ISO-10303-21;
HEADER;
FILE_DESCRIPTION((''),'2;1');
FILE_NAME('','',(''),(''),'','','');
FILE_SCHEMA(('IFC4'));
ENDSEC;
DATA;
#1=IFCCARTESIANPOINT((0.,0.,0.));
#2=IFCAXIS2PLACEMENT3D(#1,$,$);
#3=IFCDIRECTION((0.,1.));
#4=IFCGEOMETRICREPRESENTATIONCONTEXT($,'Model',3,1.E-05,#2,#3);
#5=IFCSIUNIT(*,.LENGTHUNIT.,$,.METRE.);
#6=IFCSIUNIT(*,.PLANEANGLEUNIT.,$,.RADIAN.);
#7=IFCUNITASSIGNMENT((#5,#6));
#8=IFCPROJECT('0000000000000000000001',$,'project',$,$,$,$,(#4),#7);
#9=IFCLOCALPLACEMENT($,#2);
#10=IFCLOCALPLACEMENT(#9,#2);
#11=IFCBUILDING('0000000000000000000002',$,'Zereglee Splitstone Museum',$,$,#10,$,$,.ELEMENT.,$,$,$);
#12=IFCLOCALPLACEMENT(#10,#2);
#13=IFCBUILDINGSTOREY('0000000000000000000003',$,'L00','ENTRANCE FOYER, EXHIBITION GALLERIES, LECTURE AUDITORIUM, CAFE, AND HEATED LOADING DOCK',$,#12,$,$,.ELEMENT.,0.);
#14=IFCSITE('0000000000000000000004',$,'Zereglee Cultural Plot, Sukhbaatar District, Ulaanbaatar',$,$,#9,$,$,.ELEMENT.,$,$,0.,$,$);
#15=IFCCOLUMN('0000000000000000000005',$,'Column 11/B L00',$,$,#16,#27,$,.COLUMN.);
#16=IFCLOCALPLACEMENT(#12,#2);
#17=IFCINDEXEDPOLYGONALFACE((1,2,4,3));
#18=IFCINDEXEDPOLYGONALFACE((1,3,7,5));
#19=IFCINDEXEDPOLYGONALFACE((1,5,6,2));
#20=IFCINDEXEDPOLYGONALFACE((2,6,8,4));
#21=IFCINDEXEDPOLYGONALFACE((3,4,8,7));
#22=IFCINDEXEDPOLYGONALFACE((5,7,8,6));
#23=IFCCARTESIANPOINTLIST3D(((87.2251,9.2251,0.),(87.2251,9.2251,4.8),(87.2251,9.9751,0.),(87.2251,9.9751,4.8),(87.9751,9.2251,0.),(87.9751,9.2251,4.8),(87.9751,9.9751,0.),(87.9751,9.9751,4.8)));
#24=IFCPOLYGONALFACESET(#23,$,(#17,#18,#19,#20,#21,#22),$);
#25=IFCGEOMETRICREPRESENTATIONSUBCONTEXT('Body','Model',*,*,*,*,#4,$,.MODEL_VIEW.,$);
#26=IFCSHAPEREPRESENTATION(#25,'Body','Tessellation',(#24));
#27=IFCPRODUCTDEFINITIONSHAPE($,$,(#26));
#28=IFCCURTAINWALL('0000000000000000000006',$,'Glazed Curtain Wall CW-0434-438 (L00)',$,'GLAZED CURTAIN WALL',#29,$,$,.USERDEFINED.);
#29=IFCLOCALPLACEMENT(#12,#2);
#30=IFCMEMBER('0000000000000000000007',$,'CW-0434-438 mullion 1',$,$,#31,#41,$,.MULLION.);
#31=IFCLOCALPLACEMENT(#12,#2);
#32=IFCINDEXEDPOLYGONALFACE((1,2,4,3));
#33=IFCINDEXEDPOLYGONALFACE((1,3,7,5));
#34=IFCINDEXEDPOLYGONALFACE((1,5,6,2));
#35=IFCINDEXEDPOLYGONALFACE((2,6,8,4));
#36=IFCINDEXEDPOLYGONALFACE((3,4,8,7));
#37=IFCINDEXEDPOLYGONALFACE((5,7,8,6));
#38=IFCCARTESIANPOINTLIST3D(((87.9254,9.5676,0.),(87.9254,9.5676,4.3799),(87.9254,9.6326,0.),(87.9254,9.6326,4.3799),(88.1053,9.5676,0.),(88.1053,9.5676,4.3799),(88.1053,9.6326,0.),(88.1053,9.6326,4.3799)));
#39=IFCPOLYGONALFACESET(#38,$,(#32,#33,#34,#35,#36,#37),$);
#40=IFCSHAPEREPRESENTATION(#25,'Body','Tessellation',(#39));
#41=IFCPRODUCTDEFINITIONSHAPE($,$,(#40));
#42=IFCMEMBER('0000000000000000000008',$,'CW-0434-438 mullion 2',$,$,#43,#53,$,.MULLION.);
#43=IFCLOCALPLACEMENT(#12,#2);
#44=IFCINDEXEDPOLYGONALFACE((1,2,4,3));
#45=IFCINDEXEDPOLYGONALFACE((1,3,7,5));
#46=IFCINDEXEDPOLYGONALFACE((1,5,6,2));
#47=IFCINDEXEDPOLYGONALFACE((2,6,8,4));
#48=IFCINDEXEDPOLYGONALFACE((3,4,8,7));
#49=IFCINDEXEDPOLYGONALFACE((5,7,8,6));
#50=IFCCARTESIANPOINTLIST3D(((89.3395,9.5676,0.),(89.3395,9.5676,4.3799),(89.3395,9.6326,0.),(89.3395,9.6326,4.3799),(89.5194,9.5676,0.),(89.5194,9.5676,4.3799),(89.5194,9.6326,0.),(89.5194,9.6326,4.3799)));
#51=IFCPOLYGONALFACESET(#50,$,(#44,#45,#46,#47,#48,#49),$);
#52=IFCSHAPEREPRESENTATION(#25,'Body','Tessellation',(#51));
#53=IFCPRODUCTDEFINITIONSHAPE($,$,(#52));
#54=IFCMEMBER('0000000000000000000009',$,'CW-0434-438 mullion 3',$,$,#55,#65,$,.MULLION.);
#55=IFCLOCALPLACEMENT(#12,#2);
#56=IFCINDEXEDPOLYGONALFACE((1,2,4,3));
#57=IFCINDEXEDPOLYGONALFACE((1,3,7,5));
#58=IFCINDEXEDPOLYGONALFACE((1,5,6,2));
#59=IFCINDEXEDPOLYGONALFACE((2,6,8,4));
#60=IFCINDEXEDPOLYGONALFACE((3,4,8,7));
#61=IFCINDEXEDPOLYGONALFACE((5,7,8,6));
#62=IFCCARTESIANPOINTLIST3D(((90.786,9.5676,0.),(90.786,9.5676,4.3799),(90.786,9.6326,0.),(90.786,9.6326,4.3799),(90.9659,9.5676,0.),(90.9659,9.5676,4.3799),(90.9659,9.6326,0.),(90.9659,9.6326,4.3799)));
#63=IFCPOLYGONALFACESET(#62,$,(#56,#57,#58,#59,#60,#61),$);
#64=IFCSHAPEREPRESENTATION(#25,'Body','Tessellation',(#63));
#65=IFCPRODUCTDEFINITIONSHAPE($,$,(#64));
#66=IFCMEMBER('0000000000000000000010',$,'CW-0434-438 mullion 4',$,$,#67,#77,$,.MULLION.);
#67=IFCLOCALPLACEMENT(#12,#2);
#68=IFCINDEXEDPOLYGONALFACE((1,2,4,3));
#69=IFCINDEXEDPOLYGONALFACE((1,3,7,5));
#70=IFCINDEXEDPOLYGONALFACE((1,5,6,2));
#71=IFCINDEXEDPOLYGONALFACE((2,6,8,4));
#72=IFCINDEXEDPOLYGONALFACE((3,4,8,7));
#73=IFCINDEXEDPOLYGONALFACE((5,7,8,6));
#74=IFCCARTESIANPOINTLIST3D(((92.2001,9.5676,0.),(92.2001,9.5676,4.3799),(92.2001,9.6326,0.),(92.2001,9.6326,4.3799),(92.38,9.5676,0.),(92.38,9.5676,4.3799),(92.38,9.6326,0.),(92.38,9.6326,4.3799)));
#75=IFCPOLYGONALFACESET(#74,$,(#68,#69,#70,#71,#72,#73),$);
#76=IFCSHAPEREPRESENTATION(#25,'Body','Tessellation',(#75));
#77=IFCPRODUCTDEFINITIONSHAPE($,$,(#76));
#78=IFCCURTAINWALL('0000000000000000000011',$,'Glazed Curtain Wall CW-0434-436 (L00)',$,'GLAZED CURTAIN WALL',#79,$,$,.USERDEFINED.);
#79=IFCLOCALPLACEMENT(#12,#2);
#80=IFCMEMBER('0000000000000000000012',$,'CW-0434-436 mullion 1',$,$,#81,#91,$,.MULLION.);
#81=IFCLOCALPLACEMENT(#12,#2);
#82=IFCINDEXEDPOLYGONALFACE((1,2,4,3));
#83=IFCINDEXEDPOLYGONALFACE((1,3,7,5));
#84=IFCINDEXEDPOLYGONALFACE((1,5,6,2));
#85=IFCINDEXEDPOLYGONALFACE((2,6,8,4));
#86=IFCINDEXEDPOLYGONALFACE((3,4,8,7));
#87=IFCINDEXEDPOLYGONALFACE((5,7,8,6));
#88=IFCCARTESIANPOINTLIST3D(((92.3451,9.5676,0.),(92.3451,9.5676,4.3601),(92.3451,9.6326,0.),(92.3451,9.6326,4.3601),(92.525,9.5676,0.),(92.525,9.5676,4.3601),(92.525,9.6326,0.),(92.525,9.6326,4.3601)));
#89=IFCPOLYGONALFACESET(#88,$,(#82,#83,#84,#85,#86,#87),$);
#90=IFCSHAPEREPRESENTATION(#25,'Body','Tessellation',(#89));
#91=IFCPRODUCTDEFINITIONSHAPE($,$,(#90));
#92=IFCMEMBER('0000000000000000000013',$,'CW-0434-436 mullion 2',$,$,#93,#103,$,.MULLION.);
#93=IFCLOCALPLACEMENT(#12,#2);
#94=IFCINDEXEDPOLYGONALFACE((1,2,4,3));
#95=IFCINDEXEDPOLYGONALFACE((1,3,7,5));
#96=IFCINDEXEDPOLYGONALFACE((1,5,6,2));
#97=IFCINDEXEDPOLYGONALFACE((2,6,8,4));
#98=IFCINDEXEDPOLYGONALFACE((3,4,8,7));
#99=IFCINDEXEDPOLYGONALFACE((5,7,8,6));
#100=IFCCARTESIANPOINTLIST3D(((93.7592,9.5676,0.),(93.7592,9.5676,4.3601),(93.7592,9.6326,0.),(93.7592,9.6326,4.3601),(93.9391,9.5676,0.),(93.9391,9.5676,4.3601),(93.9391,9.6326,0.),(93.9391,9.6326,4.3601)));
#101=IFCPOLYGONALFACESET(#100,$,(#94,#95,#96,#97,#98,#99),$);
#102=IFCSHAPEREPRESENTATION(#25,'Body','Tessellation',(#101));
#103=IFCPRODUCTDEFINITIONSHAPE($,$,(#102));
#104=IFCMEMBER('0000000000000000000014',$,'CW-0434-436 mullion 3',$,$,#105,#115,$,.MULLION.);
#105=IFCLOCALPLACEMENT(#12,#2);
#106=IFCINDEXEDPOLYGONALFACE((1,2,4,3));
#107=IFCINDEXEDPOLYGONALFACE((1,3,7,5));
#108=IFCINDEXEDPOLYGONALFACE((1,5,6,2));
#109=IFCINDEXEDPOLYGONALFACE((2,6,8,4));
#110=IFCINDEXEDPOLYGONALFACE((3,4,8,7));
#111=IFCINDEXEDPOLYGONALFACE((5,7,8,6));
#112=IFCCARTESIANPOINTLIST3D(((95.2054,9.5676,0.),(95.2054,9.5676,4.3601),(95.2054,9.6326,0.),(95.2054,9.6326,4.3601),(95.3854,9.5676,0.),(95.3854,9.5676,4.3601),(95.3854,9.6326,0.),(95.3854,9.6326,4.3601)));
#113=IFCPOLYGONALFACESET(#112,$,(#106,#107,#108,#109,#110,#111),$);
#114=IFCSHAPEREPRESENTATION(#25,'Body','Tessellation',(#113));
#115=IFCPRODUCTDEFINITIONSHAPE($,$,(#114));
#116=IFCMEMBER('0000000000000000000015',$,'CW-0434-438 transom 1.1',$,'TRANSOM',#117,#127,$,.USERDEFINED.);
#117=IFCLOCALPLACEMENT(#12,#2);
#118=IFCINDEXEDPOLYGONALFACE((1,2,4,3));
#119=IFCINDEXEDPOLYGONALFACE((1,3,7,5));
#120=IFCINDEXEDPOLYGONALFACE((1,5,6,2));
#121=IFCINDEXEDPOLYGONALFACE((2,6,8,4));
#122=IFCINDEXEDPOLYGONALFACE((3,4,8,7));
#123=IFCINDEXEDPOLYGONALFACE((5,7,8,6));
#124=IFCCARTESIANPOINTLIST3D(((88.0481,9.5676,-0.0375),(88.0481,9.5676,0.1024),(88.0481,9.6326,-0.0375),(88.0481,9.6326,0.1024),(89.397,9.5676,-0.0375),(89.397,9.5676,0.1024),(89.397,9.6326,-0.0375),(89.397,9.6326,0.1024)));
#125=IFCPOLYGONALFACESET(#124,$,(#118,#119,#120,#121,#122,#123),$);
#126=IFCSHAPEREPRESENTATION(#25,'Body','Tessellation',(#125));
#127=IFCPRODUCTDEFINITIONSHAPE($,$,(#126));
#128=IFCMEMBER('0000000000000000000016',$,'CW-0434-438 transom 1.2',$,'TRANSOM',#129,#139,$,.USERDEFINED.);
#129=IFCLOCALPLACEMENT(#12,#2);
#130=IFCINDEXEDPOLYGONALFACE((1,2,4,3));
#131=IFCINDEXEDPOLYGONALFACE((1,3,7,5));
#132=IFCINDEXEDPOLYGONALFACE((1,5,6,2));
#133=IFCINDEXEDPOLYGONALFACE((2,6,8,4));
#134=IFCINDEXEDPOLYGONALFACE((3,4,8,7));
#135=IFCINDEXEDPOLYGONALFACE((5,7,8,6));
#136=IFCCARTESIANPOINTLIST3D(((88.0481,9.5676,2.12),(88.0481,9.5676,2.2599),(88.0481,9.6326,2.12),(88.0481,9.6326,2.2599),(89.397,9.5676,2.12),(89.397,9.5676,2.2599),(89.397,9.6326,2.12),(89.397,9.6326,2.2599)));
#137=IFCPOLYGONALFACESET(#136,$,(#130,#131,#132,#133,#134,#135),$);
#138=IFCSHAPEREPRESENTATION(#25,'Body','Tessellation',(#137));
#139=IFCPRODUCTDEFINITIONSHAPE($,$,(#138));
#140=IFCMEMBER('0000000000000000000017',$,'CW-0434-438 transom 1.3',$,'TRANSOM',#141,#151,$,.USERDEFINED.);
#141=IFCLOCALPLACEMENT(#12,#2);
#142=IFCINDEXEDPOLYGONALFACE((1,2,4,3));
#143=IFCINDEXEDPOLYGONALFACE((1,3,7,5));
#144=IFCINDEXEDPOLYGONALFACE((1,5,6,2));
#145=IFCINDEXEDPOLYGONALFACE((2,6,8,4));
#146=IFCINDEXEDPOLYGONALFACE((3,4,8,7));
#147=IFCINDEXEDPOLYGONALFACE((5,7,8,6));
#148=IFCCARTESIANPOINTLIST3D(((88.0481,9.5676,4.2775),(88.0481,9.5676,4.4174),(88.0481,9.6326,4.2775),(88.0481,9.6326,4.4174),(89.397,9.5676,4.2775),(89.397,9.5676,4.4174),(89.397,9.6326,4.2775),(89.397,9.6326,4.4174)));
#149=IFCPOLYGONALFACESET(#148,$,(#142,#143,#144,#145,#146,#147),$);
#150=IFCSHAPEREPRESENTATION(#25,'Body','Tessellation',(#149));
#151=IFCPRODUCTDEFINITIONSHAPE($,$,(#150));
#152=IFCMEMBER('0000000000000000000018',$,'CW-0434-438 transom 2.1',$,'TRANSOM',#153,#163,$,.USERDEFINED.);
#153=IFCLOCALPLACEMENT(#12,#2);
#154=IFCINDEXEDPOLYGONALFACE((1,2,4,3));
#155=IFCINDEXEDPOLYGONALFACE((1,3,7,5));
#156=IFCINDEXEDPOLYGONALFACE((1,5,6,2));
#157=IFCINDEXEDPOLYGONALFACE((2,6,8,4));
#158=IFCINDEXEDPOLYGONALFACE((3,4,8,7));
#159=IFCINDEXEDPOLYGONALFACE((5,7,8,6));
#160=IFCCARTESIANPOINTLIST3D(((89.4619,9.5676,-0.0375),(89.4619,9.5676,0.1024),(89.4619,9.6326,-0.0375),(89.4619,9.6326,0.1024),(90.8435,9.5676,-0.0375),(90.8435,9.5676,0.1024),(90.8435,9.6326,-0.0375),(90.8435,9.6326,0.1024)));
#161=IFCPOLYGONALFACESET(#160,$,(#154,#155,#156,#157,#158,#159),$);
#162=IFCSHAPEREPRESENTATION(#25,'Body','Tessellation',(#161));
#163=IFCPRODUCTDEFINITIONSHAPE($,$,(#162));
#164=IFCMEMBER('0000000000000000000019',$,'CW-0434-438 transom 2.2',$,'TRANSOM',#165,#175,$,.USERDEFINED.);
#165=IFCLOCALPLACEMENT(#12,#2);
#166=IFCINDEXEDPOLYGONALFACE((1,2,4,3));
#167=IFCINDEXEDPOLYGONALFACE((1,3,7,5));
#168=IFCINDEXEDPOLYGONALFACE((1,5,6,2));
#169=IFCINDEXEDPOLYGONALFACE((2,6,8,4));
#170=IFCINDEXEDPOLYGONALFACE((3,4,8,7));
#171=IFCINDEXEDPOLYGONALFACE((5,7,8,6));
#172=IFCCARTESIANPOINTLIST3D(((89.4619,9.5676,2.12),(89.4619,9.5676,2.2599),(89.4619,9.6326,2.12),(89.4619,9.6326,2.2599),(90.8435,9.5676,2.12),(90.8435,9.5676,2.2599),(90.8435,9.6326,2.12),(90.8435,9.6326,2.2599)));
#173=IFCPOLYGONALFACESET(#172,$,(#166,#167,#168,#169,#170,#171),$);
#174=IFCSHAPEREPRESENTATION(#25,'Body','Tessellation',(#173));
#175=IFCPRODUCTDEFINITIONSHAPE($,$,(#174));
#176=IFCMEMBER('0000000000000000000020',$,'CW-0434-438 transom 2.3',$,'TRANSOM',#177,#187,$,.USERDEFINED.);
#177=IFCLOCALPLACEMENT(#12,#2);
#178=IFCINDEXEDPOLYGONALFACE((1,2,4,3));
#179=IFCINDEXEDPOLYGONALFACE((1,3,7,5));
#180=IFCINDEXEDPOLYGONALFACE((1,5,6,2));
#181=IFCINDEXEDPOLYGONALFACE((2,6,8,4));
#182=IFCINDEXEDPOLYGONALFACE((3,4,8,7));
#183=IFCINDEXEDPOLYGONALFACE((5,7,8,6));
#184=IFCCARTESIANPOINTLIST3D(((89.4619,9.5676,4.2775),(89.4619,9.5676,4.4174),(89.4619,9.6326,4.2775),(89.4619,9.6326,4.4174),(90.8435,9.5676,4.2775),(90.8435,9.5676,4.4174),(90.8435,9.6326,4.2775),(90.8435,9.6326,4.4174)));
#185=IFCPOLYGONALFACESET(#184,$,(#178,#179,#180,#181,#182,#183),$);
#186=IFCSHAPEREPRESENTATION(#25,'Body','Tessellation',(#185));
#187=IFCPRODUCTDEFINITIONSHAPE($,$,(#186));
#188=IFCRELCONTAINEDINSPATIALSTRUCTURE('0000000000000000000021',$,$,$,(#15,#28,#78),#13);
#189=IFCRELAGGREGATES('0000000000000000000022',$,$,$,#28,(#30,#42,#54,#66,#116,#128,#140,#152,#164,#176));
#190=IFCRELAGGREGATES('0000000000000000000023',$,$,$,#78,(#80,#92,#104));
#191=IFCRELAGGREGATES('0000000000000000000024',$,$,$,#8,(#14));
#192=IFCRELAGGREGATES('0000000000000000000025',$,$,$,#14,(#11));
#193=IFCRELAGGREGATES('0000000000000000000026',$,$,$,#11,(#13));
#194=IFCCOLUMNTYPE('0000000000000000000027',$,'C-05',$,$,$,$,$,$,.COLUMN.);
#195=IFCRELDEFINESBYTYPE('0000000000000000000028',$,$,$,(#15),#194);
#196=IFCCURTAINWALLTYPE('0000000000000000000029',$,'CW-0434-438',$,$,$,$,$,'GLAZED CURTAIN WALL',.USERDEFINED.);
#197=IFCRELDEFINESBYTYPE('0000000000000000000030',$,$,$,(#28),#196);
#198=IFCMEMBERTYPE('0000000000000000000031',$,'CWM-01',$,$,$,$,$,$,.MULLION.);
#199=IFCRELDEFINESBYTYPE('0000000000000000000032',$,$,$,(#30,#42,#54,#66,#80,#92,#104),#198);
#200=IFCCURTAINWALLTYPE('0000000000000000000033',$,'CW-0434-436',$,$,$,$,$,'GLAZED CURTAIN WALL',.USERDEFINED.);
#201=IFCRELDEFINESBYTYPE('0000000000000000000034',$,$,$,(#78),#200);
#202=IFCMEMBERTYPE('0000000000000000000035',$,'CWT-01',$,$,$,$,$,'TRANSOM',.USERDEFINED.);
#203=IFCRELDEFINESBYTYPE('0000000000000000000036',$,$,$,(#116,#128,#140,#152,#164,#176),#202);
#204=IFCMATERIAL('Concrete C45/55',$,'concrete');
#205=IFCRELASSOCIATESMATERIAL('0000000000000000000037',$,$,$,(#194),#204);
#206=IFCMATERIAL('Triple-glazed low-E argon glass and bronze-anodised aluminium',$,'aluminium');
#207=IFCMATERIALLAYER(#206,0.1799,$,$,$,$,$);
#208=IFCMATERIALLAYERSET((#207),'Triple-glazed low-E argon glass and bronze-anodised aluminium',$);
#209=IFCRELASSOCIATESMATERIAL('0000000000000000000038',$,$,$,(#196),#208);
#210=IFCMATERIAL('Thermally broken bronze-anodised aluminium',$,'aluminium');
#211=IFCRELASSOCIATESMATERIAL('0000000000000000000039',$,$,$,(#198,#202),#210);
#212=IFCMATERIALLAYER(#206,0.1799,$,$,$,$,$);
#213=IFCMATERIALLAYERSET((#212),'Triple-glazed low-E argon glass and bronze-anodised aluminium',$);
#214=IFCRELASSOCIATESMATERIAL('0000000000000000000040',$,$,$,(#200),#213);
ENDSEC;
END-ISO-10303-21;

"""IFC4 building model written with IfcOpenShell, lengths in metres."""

from ifc_helpers import new_model, si_unit, direction, frame, origin, origin_2d, place, context, subcontext, project, spatial, rectangle, extrude, material, layer, layer_set, material_profile, profile_set, type_object, element, aggregate, save


model = new_model("IFC4")

# Units and contexts
model_context = context("Model", 3, precision=1e-05, world=origin(), true_north=direction((0.0, 1.0)))
body_context = subcontext(model_context, "Body", "Model", "MODEL_VIEW")
ifc_project = project(units=[si_unit("LENGTHUNIT", "METRE"), si_unit("PLANEANGLEUNIT", "RADIAN")], contexts=[model_context])

# Site, building, storey
site_placement = place(None, origin())
site = spatial("IfcSite", under=ifc_project, at=site_placement, Name="Zereglee Cultural Plot, Sukhbaatar District, Ulaanbaatar", CompositionType="ELEMENT", RefElevation=0.0)
building_placement = place(site_placement, origin())
building = spatial("IfcBuilding", under=site, at=building_placement, Name="Zereglee Splitstone Museum", CompositionType="ELEMENT")
storey_placement = place(building_placement, origin())
storey = spatial("IfcBuildingStorey", under=building, at=storey_placement, Name="L00", Description="ENTRANCE FOYER, EXHIBITION GALLERIES, LECTURE AUDITORIUM, CAFE, AND HEATED LOADING DOCK", CompositionType="ELEMENT", Elevation=0.0)

# Column
ifc_material_1 = material(Name="Concrete C45/55", Category="concrete")
ifc_material_profile_1 = material_profile(ifc_material_1, rectangle(XDim=0.75, YDim=0.75, at=origin_2d()), Name="RC 750x750")
ifc_profile_set_1 = profile_set([ifc_material_profile_1], Name="Concrete C45/55")
column_type = type_object("IfcColumnType", Name="C-05", PredefinedType="COLUMN", material=ifc_profile_set_1)
column_placement = place(storey_placement, frame((87.6001, 9.6001, 0.0), z_axis=(0.0, 0.0, 1.0), x_axis=(1.0, 0.0, 0.0)))
element("IfcColumn", 1, at=column_placement, inside=storey, type_object=column_type, Name="Column 11/B L00", PredefinedType="COLUMN", context=body_context, shape_type="SweptSolid", body=[
    extrude(rectangle(XDim=0.75, YDim=0.75, at=origin_2d()), origin(), (0.0, 0.0, 1.0), 4.8),
])

# Curtain walls, members
ifc_material_2 = material(Name="Triple-glazed low-E argon glass and bronze-anodised aluminium", Category="aluminium")
ifc_layer_1 = layer(ifc_material_2, 0.1799)
ifc_layer_set_1 = layer_set([ifc_layer_1], Name="Triple-glazed low-E argon glass and bronze-anodised aluminium")
curtain_wall_type_1 = type_object("IfcCurtainWallType", Name="CW-0434-438", ElementType="GLAZED CURTAIN WALL", PredefinedType="USERDEFINED", material=ifc_layer_set_1)
curtain_wall_1_placement = place(storey_placement, origin())
curtain_wall_1 = element("IfcCurtainWall", 2, at=curtain_wall_1_placement, inside=storey, type_object=curtain_wall_type_1, Name="Glazed Curtain Wall CW-0434-438 (L00)", ObjectType="GLAZED CURTAIN WALL", PredefinedType="USERDEFINED")
ifc_material_3 = material(Name="Thermally broken bronze-anodised aluminium", Category="aluminium")
ifc_material_profile_2 = material_profile(ifc_material_3, rectangle(XDim=0.0649, YDim=0.1799, at=origin_2d()), Name="CW MULL 65x180")
ifc_profile_set_2 = profile_set([ifc_material_profile_2], Name="Thermally broken bronze-anodised aluminium")
member_type_1 = type_object("IfcMemberType", Name="CWM-01", PredefinedType="MULLION", material=ifc_profile_set_2)
member_1_placement = place(storey_placement, frame((88.0154, 9.6001, 0.0), z_axis=(0.0, 0.0, 1.0), x_axis=(0.0, 1.0, 0.0)))
member_1 = element("IfcMember", 3, at=member_1_placement, type_object=member_type_1, Name="CW-0434-438 mullion 1", PredefinedType="MULLION", context=body_context, shape_type="SweptSolid", body=[
    extrude(rectangle(XDim=0.0649, YDim=0.1799, at=origin_2d()), origin(), (0.0, 0.0, 1.0), 4.3799),
])
member_2_placement = place(storey_placement, frame((89.4294, 9.6001, 0.0), z_axis=(0.0, 0.0, 1.0), x_axis=(0.0, 1.0, 0.0)))
member_2 = element("IfcMember", 4, at=member_2_placement, type_object=member_type_1, Name="CW-0434-438 mullion 2", PredefinedType="MULLION", context=body_context, shape_type="SweptSolid", body=[
    extrude(rectangle(XDim=0.0649, YDim=0.1799, at=origin_2d()), origin(), (0.0, 0.0, 1.0), 4.3799),
])
member_3_placement = place(storey_placement, frame((90.876, 9.6001, 0.0), z_axis=(0.0, 0.0, 1.0), x_axis=(0.0, 1.0, 0.0)))
member_3 = element("IfcMember", 5, at=member_3_placement, type_object=member_type_1, Name="CW-0434-438 mullion 3", PredefinedType="MULLION", context=body_context, shape_type="SweptSolid", body=[
    extrude(rectangle(XDim=0.0649, YDim=0.1799, at=origin_2d()), origin(), (0.0, 0.0, 1.0), 4.3799),
])
member_4_placement = place(storey_placement, frame((92.29, 9.6001, 0.0), z_axis=(0.0, 0.0, 1.0), x_axis=(0.0, 1.0, 0.0)))
member_4 = element("IfcMember", 6, at=member_4_placement, type_object=member_type_1, Name="CW-0434-438 mullion 4", PredefinedType="MULLION", context=body_context, shape_type="SweptSolid", body=[
    extrude(rectangle(XDim=0.0649, YDim=0.1799, at=origin_2d()), origin(), (0.0, 0.0, 1.0), 4.3799),
])
ifc_layer_2 = layer(ifc_material_2, 0.1799)
ifc_layer_set_2 = layer_set([ifc_layer_2], Name="Triple-glazed low-E argon glass and bronze-anodised aluminium")
curtain_wall_type_2 = type_object("IfcCurtainWallType", Name="CW-0434-436", ElementType="GLAZED CURTAIN WALL", PredefinedType="USERDEFINED", material=ifc_layer_set_2)
curtain_wall_2_placement = place(storey_placement, origin())
curtain_wall_2 = element("IfcCurtainWall", 7, at=curtain_wall_2_placement, inside=storey, type_object=curtain_wall_type_2, Name="Glazed Curtain Wall CW-0434-436 (L00)", ObjectType="GLAZED CURTAIN WALL", PredefinedType="USERDEFINED")
member_5_placement = place(storey_placement, frame((92.4351, 9.6001, 0.0), z_axis=(0.0, 0.0, 1.0), x_axis=(0.0, 1.0, 0.0)))
member_5 = element("IfcMember", 8, at=member_5_placement, type_object=member_type_1, Name="CW-0434-436 mullion 1", PredefinedType="MULLION", context=body_context, shape_type="SweptSolid", body=[
    extrude(rectangle(XDim=0.0649, YDim=0.1799, at=origin_2d()), origin(), (0.0, 0.0, 1.0), 4.3601),
])
member_6_placement = place(storey_placement, frame((93.8491, 9.6001, 0.0), z_axis=(0.0, 0.0, 1.0), x_axis=(0.0, 1.0, 0.0)))
member_6 = element("IfcMember", 9, at=member_6_placement, type_object=member_type_1, Name="CW-0434-436 mullion 2", PredefinedType="MULLION", context=body_context, shape_type="SweptSolid", body=[
    extrude(rectangle(XDim=0.0649, YDim=0.1799, at=origin_2d()), origin(), (0.0, 0.0, 1.0), 4.3601),
])
member_7_placement = place(storey_placement, frame((95.2954, 9.6001, 0.0), z_axis=(0.0, 0.0, 1.0), x_axis=(0.0, 1.0, 0.0)))
member_7 = element("IfcMember", 10, at=member_7_placement, type_object=member_type_1, Name="CW-0434-436 mullion 3", PredefinedType="MULLION", context=body_context, shape_type="SweptSolid", body=[
    extrude(rectangle(XDim=0.0649, YDim=0.1799, at=origin_2d()), origin(), (0.0, 0.0, 1.0), 4.3601),
])

# Members
ifc_material_profile_3 = material_profile(ifc_material_3, rectangle(XDim=0.0649, YDim=0.1399, at=origin_2d()), Name="CW TRAN 65x140")
ifc_profile_set_3 = profile_set([ifc_material_profile_3], Name="Thermally broken bronze-anodised aluminium")
member_type_2 = type_object("IfcMemberType", Name="CWT-01", ElementType="TRANSOM", PredefinedType="USERDEFINED", material=ifc_profile_set_3)
member_8_placement = place(storey_placement, frame((88.0481, 9.6001, 0.0325), z_axis=(1.0, 0.0, 0.0), x_axis=(0.0, 1.0, 0.0)))
member_8 = element("IfcMember", 11, at=member_8_placement, type_object=member_type_2, Name="CW-0434-438 transom 1.1", ObjectType="TRANSOM", PredefinedType="USERDEFINED", context=body_context, shape_type="SweptSolid", body=[
    extrude(rectangle(XDim=0.0649, YDim=0.1399, at=origin_2d()), origin(), (0.0, 0.0, 1.0), 1.3489),
])
member_9_placement = place(storey_placement, frame((88.0481, 9.6001, 2.1899), z_axis=(1.0, 0.0, 0.0), x_axis=(0.0, 1.0, 0.0)))
member_9 = element("IfcMember", 12, at=member_9_placement, type_object=member_type_2, Name="CW-0434-438 transom 1.2", ObjectType="TRANSOM", PredefinedType="USERDEFINED", context=body_context, shape_type="SweptSolid", body=[
    extrude(rectangle(XDim=0.0649, YDim=0.1399, at=origin_2d()), origin(), (0.0, 0.0, 1.0), 1.3489),
])
member_10_placement = place(storey_placement, frame((88.0481, 9.6001, 4.3474), z_axis=(1.0, 0.0, 0.0), x_axis=(0.0, 1.0, 0.0)))
member_10 = element("IfcMember", 13, at=member_10_placement, type_object=member_type_2, Name="CW-0434-438 transom 1.3", ObjectType="TRANSOM", PredefinedType="USERDEFINED", context=body_context, shape_type="SweptSolid", body=[
    extrude(rectangle(XDim=0.0649, YDim=0.1399, at=origin_2d()), origin(), (0.0, 0.0, 1.0), 1.3489),
])
member_11_placement = place(storey_placement, frame((89.4619, 9.6001, 0.0325), z_axis=(1.0, 0.0, 0.0), x_axis=(0.0, 1.0, 0.0)))
member_11 = element("IfcMember", 14, at=member_11_placement, type_object=member_type_2, Name="CW-0434-438 transom 2.1", ObjectType="TRANSOM", PredefinedType="USERDEFINED", context=body_context, shape_type="SweptSolid", body=[
    extrude(rectangle(XDim=0.0649, YDim=0.1399, at=origin_2d()), origin(), (0.0, 0.0, 1.0), 1.3816),
])
member_12_placement = place(storey_placement, frame((89.4619, 9.6001, 2.1899), z_axis=(1.0, 0.0, 0.0), x_axis=(0.0, 1.0, 0.0)))
member_12 = element("IfcMember", 15, at=member_12_placement, type_object=member_type_2, Name="CW-0434-438 transom 2.2", ObjectType="TRANSOM", PredefinedType="USERDEFINED", context=body_context, shape_type="SweptSolid", body=[
    extrude(rectangle(XDim=0.0649, YDim=0.1399, at=origin_2d()), origin(), (0.0, 0.0, 1.0), 1.3816),
])
member_13_placement = place(storey_placement, frame((89.4619, 9.6001, 4.3474), z_axis=(1.0, 0.0, 0.0), x_axis=(0.0, 1.0, 0.0)))
member_13 = element("IfcMember", 16, at=member_13_placement, type_object=member_type_2, Name="CW-0434-438 transom 2.3", ObjectType="TRANSOM", PredefinedType="USERDEFINED", context=body_context, shape_type="SweptSolid", body=[
    extrude(rectangle(XDim=0.0649, YDim=0.1399, at=origin_2d()), origin(), (0.0, 0.0, 1.0), 1.3816),
])

aggregate(curtain_wall_1, [member_1, member_2, member_3, member_4, member_8, member_9, member_10, member_11, member_12, member_13])
aggregate(curtain_wall_2, [member_5, member_6, member_7])

save(model, "model.ifc")
